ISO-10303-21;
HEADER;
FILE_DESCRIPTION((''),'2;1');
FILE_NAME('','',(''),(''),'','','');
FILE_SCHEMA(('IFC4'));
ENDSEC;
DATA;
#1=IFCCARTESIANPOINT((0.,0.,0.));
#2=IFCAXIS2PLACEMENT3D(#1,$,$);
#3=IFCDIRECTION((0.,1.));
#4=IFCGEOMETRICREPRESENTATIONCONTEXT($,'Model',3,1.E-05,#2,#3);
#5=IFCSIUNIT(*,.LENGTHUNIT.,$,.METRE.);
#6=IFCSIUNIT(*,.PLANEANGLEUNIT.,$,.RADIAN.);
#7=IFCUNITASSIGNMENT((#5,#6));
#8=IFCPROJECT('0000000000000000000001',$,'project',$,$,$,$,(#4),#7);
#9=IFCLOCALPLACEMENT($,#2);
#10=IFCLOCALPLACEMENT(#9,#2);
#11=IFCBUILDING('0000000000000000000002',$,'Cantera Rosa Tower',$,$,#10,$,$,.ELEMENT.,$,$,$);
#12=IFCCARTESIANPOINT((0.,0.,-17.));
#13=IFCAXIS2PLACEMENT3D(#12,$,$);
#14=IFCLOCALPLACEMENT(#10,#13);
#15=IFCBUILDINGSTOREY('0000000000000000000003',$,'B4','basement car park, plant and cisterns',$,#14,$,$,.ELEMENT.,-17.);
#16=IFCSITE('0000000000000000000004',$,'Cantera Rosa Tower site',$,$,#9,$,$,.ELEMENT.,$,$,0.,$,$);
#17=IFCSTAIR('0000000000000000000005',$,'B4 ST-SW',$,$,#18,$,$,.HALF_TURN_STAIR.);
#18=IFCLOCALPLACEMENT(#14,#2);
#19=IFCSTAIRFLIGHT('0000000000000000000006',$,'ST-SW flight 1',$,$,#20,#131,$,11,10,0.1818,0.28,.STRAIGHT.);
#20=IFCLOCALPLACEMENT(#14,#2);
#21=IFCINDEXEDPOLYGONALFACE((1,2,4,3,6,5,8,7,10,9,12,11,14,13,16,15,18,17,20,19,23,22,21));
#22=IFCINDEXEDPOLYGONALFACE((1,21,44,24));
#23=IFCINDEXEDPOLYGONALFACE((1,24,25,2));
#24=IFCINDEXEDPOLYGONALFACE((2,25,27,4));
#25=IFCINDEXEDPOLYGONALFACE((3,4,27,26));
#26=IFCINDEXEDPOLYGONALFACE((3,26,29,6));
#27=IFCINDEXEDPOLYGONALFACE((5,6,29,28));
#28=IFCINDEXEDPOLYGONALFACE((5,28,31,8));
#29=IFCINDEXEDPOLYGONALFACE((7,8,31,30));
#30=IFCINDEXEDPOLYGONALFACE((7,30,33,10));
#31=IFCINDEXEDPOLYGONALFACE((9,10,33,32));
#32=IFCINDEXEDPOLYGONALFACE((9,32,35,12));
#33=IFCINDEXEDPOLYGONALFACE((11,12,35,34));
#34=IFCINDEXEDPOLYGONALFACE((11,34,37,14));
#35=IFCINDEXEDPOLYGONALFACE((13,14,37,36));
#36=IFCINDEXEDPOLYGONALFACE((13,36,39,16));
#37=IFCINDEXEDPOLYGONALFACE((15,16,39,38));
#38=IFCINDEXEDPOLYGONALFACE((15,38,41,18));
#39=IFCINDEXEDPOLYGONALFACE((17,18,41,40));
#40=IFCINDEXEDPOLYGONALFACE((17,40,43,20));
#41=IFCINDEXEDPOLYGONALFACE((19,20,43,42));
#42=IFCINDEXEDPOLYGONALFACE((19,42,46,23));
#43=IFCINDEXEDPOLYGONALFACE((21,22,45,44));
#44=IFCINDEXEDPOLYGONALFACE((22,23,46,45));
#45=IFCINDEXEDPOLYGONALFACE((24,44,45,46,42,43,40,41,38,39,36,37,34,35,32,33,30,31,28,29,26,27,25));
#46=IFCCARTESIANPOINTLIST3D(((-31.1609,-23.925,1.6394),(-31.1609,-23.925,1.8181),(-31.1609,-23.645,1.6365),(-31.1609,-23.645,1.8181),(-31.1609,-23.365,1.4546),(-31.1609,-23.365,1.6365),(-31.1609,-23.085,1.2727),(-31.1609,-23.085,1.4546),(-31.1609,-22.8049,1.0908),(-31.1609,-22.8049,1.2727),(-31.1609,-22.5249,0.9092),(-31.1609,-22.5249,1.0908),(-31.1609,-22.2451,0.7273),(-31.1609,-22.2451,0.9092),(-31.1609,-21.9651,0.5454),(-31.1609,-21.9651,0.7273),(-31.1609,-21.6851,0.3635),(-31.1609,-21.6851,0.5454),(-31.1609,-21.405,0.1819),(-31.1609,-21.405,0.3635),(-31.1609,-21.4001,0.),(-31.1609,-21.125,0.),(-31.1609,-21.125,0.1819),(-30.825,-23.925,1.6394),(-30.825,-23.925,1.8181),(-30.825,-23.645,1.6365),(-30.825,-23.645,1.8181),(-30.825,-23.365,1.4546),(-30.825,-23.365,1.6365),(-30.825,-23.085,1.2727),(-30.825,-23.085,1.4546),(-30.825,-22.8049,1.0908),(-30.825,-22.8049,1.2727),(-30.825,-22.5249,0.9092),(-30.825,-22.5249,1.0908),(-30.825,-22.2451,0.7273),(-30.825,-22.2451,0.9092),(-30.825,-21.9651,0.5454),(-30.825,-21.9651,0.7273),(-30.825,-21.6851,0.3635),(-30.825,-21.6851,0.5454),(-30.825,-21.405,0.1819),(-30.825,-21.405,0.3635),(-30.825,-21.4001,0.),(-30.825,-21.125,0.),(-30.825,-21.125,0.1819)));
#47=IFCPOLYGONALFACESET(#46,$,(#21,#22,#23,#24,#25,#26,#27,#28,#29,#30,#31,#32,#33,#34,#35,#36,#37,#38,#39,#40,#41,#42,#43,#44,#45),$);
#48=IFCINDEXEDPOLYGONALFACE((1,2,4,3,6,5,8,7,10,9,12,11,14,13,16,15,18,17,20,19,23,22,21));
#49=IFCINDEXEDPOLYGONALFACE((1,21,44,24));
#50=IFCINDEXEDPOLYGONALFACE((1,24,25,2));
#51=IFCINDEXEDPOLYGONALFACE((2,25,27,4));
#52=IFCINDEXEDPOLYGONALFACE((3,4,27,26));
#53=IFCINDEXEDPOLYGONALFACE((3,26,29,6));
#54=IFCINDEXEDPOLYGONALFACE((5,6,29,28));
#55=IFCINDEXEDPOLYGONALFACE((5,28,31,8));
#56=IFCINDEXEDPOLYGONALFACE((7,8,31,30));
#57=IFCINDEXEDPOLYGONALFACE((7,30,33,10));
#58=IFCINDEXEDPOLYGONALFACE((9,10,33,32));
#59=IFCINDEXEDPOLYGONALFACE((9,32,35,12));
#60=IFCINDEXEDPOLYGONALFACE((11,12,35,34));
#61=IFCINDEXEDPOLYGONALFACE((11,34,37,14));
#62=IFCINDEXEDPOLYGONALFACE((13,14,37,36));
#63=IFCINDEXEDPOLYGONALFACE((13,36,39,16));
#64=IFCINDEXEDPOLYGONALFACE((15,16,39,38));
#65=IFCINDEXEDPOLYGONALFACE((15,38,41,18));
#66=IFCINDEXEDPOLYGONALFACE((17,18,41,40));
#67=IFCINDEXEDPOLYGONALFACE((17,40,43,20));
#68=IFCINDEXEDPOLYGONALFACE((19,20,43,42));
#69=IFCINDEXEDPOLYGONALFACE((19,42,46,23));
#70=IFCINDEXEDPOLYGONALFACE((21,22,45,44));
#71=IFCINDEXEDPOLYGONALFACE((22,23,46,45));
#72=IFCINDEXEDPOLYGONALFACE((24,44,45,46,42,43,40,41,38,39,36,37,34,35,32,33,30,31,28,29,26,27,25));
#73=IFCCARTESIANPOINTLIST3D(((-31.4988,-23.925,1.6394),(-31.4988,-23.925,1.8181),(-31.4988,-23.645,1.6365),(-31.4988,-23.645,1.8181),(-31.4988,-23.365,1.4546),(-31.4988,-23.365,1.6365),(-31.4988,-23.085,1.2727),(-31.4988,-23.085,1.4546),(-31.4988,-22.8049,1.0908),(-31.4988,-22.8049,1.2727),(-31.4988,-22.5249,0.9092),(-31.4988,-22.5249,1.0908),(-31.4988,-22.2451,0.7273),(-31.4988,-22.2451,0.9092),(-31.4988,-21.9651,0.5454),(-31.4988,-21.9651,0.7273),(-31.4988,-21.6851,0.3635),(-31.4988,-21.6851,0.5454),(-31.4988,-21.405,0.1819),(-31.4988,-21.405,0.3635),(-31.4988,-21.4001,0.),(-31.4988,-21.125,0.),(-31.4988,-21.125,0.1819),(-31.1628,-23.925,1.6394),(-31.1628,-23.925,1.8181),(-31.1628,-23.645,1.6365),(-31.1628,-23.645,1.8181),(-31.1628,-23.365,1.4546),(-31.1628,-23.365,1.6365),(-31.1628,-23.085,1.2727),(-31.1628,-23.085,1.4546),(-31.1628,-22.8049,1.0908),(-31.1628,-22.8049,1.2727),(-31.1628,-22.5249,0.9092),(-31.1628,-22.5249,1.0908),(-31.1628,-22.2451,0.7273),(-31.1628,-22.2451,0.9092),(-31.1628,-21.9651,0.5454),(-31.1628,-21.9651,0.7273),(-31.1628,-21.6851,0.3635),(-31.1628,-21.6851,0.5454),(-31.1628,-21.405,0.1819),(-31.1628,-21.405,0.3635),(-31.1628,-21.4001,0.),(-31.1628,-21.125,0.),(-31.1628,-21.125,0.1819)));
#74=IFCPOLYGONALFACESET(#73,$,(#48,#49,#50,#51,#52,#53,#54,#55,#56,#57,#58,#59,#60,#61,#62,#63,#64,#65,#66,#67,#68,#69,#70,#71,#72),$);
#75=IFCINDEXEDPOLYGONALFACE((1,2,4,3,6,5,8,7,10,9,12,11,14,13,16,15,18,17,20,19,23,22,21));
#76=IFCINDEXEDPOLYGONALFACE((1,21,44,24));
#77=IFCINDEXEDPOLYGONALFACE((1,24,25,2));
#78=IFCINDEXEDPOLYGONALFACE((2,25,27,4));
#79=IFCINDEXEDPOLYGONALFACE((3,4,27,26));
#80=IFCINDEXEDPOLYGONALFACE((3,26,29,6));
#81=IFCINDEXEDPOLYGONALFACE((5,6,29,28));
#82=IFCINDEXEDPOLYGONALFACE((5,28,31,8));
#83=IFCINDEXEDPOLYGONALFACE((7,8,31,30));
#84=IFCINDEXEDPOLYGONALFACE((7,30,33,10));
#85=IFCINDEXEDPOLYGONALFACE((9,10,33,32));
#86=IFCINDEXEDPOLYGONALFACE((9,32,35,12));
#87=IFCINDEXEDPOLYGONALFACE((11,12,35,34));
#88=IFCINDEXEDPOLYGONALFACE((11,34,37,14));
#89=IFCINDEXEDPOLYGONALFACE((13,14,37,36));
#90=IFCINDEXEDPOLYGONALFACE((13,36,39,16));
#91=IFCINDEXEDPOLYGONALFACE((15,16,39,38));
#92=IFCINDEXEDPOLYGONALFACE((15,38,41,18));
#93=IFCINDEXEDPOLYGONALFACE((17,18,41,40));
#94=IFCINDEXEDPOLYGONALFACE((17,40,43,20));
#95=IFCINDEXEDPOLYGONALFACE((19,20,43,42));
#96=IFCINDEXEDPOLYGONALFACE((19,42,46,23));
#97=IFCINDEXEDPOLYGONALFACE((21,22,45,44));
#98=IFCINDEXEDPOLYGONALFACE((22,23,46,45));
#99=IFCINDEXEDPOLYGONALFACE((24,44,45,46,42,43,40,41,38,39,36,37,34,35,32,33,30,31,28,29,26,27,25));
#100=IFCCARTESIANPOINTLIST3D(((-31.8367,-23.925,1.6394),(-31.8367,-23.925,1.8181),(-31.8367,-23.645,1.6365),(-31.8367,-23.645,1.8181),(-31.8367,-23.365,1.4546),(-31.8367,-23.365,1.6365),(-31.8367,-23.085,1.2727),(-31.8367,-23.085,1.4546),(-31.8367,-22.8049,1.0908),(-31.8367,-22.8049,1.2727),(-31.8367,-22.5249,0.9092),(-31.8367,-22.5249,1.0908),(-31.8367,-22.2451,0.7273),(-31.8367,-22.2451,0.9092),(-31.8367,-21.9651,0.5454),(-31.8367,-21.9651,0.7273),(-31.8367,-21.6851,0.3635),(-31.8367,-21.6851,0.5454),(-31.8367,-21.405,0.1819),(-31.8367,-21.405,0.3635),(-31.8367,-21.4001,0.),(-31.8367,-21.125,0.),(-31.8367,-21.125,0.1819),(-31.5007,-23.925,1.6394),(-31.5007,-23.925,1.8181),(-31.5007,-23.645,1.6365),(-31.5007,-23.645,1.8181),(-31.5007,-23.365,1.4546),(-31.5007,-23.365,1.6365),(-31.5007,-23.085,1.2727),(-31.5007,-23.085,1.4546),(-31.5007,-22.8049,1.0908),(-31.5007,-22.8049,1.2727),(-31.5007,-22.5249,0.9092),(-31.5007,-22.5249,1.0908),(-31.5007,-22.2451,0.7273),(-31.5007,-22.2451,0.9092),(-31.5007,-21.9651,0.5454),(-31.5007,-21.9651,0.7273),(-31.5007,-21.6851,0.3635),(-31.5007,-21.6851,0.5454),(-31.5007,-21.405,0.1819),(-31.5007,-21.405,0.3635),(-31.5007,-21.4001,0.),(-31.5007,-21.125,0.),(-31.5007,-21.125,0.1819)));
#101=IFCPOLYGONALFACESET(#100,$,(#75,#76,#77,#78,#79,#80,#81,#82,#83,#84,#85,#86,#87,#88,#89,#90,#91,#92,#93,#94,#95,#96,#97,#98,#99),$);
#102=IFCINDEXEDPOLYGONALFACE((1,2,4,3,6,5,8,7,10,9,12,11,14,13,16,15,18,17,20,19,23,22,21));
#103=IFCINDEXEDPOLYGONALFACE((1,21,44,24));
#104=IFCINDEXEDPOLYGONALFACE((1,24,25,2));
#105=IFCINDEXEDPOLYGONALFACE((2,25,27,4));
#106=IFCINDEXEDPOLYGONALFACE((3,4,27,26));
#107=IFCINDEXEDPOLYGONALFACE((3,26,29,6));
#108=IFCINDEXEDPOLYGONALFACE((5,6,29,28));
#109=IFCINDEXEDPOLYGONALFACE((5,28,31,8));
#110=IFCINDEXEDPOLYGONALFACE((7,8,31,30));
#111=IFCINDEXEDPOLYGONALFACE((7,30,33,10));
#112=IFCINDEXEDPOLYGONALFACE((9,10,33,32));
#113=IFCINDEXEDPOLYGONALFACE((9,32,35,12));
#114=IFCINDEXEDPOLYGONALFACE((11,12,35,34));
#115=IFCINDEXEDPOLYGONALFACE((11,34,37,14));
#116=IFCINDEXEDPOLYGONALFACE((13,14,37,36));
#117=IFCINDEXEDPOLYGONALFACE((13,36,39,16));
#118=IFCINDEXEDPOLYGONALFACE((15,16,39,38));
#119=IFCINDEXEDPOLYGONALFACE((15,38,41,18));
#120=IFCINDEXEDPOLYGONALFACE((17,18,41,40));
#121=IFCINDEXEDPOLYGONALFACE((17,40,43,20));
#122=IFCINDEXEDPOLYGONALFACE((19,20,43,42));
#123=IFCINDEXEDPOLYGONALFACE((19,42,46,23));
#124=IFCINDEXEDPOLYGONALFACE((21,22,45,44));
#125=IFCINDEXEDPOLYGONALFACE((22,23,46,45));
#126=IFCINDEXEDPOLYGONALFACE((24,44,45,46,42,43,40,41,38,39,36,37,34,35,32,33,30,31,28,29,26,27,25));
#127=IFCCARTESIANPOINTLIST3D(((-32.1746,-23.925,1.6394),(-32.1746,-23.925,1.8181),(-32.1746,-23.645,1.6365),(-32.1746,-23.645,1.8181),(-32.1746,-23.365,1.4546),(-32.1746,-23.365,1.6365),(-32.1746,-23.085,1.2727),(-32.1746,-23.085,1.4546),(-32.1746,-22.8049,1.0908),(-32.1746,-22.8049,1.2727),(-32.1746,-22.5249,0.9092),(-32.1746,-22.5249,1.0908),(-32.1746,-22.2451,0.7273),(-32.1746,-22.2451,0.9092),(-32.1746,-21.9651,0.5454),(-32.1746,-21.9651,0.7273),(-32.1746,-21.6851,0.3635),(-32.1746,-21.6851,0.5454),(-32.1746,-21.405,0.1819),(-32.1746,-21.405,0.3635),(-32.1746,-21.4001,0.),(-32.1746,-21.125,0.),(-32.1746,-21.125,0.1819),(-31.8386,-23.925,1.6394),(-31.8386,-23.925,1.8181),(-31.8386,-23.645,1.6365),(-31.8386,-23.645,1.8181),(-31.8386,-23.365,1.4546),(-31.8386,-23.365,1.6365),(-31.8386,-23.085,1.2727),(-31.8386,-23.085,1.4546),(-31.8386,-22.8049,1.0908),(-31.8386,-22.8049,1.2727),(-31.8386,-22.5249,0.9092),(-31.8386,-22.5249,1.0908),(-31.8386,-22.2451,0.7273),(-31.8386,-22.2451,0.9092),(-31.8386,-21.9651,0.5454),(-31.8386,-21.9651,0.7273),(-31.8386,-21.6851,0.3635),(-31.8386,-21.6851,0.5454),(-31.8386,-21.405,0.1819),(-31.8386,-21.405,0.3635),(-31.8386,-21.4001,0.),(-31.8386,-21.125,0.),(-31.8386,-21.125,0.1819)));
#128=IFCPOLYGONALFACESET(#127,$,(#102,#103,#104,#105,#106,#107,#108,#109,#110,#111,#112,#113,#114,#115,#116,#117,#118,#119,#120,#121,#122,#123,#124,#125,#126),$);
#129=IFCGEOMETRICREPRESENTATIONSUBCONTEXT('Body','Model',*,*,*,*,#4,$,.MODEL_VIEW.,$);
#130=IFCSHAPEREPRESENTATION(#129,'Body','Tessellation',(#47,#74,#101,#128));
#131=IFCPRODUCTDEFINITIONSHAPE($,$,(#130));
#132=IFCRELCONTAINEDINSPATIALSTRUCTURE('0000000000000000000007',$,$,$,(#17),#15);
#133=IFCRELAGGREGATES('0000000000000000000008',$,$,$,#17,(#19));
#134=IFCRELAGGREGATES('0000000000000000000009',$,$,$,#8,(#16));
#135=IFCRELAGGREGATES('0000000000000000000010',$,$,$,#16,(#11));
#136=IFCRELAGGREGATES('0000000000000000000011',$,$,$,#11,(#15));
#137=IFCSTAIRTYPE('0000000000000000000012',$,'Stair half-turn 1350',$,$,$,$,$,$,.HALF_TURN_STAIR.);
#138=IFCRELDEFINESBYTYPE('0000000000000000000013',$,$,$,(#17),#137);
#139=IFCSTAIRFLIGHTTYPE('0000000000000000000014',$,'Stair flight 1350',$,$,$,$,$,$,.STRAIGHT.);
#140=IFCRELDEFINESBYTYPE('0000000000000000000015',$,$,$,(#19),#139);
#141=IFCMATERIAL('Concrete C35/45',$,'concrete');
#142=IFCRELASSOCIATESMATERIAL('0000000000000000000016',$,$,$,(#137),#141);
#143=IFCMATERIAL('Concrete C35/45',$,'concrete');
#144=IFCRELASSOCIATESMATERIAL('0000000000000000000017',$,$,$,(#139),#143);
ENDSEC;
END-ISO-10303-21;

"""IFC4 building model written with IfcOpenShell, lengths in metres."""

from ifc_helpers import new_model, si_unit, direction, frame, origin, place, context, subcontext, project, spatial, polyline, outline, extrude, material, type_object, element, aggregate, save


model = new_model("IFC4")

# Units and contexts
model_context = context("Model", 3, precision=1e-05, world=origin(), true_north=direction((0.0, 1.0)))
body_context = subcontext(model_context, "Body", "Model", "MODEL_VIEW")
ifc_project = project(units=[si_unit("LENGTHUNIT", "METRE"), si_unit("PLANEANGLEUNIT", "RADIAN")], contexts=[model_context])

# Site, building, storey
site_placement = place(None, origin())
site = spatial("IfcSite", under=ifc_project, at=site_placement, Name="Cantera Rosa Tower site", CompositionType="ELEMENT", RefElevation=0.0)
building_placement = place(site_placement, origin())
building = spatial("IfcBuilding", under=site, at=building_placement, Name="Cantera Rosa Tower", CompositionType="ELEMENT")
storey_placement = place(building_placement, frame((0.0, 0.0, -17.0)))
storey = spatial("IfcBuildingStorey", under=building, at=storey_placement, Name="B4", Description="basement car park, plant and cisterns", CompositionType="ELEMENT", Elevation=-17.0)

# Stair, stair flight
ifc_material_1 = material(Name="Concrete C35/45", Category="concrete")
stair_type = type_object("IfcStairType", Name="Stair half-turn 1350", PredefinedType="HALF_TURN_STAIR", material=ifc_material_1)
stair_placement = place(storey_placement, origin())
stair = element("IfcStair", 1, at=stair_placement, inside=storey, type_object=stair_type, Name="B4 ST-SW", PredefinedType="HALF_TURN_STAIR")
ifc_material_2 = material(Name="Concrete C35/45", Category="concrete")
stair_flight_type = type_object("IfcStairFlightType", Name="Stair flight 1350", PredefinedType="STRAIGHT", material=ifc_material_2)
stair_flight_1_placement = place(storey_placement, frame((-31.5, -21.125, 0.0), z_axis=(0.0, 0.0, 1.0), x_axis=(0.0, -1.0, 0.0)))
stair_flight_1 = element("IfcStairFlight", 2, at=stair_flight_1_placement, type_object=stair_flight_type, Name="ST-SW flight 1", NumberOfRisers=11, NumberOfTreads=10, PredefinedType="STRAIGHT", RiserHeight=0.1818, TreadLength=0.28, context=body_context, shape_type="SweptSolid", body=[
    extrude(outline(polyline([(0.0, 0.0), (0.0, 0.1819), (0.28, 0.1819), (0.28, 0.3635), (0.5601, 0.3635), (0.5601, 0.5454), (0.8401, 0.5454), (0.8401, 0.7273), (1.1201, 0.7273), (1.1201, 0.9092), (1.3999, 0.9092), (1.3999, 1.0908), (1.6799, 1.0908), (1.6799, 1.2727), (1.96, 1.2727), (1.96, 1.4546), (2.24, 1.4546), (2.24, 1.6365), (2.52, 1.6365), (2.52, 1.8181), (2.8, 1.8181), (2.8, 2.0), (2.8, 1.6394), (0.2751, 0.0), (0.0, 0.0)])), frame((0.0, 0.675, 0.0), z_axis=(0.0, -1.0, 0.0), x_axis=(1.0, 0.0, 0.0)), (0.0, 0.0, 1.0), 0.3359),
    extrude(outline(polyline([(0.0, 0.0), (0.0, 0.1819), (0.28, 0.1819), (0.28, 0.3635), (0.5601, 0.3635), (0.5601, 0.5454), (0.8401, 0.5454), (0.8401, 0.7273), (1.1201, 0.7273), (1.1201, 0.9092), (1.3999, 0.9092), (1.3999, 1.0908), (1.6799, 1.0908), (1.6799, 1.2727), (1.96, 1.2727), (1.96, 1.4546), (2.24, 1.4546), (2.24, 1.6365), (2.52, 1.6365), (2.52, 1.8181), (2.8, 1.8181), (2.8, 2.0), (2.8, 1.6394), (0.2751, 0.0), (0.0, 0.0)])), frame((0.0, 0.3372, 0.0), z_axis=(0.0, -1.0, 0.0), x_axis=(1.0, 0.0, 0.0)), (0.0, 0.0, 1.0), 0.3359),
    extrude(outline(polyline([(0.0, 0.0), (0.0, 0.1819), (0.28, 0.1819), (0.28, 0.3635), (0.5601, 0.3635), (0.5601, 0.5454), (0.8401, 0.5454), (0.8401, 0.7273), (1.1201, 0.7273), (1.1201, 0.9092), (1.3999, 0.9092), (1.3999, 1.0908), (1.6799, 1.0908), (1.6799, 1.2727), (1.96, 1.2727), (1.96, 1.4546), (2.24, 1.4546), (2.24, 1.6365), (2.52, 1.6365), (2.52, 1.8181), (2.8, 1.8181), (2.8, 2.0), (2.8, 1.6394), (0.2751, 0.0), (0.0, 0.0)])), frame((0.0, -0.0007, 0.0), z_axis=(0.0, -1.0, 0.0), x_axis=(1.0, 0.0, 0.0)), (0.0, 0.0, 1.0), 0.3359),
    extrude(outline(polyline([(0.0, 0.0), (0.0, 0.1819), (0.28, 0.1819), (0.28, 0.3635), (0.5601, 0.3635), (0.5601, 0.5454), (0.8401, 0.5454), (0.8401, 0.7273), (1.1201, 0.7273), (1.1201, 0.9092), (1.3999, 0.9092), (1.3999, 1.0908), (1.6799, 1.0908), (1.6799, 1.2727), (1.96, 1.2727), (1.96, 1.4546), (2.24, 1.4546), (2.24, 1.6365), (2.52, 1.6365), (2.52, 1.8181), (2.8, 1.8181), (2.8, 2.0), (2.8, 1.6394), (0.2751, 0.0), (0.0, 0.0)])), frame((0.0, -0.3386, 0.0), z_axis=(0.0, -1.0, 0.0), x_axis=(1.0, 0.0, 0.0)), (0.0, 0.0, 1.0), 0.3359),
])
aggregate(stair, [stair_flight_1])

save(model, "model.ifc")
